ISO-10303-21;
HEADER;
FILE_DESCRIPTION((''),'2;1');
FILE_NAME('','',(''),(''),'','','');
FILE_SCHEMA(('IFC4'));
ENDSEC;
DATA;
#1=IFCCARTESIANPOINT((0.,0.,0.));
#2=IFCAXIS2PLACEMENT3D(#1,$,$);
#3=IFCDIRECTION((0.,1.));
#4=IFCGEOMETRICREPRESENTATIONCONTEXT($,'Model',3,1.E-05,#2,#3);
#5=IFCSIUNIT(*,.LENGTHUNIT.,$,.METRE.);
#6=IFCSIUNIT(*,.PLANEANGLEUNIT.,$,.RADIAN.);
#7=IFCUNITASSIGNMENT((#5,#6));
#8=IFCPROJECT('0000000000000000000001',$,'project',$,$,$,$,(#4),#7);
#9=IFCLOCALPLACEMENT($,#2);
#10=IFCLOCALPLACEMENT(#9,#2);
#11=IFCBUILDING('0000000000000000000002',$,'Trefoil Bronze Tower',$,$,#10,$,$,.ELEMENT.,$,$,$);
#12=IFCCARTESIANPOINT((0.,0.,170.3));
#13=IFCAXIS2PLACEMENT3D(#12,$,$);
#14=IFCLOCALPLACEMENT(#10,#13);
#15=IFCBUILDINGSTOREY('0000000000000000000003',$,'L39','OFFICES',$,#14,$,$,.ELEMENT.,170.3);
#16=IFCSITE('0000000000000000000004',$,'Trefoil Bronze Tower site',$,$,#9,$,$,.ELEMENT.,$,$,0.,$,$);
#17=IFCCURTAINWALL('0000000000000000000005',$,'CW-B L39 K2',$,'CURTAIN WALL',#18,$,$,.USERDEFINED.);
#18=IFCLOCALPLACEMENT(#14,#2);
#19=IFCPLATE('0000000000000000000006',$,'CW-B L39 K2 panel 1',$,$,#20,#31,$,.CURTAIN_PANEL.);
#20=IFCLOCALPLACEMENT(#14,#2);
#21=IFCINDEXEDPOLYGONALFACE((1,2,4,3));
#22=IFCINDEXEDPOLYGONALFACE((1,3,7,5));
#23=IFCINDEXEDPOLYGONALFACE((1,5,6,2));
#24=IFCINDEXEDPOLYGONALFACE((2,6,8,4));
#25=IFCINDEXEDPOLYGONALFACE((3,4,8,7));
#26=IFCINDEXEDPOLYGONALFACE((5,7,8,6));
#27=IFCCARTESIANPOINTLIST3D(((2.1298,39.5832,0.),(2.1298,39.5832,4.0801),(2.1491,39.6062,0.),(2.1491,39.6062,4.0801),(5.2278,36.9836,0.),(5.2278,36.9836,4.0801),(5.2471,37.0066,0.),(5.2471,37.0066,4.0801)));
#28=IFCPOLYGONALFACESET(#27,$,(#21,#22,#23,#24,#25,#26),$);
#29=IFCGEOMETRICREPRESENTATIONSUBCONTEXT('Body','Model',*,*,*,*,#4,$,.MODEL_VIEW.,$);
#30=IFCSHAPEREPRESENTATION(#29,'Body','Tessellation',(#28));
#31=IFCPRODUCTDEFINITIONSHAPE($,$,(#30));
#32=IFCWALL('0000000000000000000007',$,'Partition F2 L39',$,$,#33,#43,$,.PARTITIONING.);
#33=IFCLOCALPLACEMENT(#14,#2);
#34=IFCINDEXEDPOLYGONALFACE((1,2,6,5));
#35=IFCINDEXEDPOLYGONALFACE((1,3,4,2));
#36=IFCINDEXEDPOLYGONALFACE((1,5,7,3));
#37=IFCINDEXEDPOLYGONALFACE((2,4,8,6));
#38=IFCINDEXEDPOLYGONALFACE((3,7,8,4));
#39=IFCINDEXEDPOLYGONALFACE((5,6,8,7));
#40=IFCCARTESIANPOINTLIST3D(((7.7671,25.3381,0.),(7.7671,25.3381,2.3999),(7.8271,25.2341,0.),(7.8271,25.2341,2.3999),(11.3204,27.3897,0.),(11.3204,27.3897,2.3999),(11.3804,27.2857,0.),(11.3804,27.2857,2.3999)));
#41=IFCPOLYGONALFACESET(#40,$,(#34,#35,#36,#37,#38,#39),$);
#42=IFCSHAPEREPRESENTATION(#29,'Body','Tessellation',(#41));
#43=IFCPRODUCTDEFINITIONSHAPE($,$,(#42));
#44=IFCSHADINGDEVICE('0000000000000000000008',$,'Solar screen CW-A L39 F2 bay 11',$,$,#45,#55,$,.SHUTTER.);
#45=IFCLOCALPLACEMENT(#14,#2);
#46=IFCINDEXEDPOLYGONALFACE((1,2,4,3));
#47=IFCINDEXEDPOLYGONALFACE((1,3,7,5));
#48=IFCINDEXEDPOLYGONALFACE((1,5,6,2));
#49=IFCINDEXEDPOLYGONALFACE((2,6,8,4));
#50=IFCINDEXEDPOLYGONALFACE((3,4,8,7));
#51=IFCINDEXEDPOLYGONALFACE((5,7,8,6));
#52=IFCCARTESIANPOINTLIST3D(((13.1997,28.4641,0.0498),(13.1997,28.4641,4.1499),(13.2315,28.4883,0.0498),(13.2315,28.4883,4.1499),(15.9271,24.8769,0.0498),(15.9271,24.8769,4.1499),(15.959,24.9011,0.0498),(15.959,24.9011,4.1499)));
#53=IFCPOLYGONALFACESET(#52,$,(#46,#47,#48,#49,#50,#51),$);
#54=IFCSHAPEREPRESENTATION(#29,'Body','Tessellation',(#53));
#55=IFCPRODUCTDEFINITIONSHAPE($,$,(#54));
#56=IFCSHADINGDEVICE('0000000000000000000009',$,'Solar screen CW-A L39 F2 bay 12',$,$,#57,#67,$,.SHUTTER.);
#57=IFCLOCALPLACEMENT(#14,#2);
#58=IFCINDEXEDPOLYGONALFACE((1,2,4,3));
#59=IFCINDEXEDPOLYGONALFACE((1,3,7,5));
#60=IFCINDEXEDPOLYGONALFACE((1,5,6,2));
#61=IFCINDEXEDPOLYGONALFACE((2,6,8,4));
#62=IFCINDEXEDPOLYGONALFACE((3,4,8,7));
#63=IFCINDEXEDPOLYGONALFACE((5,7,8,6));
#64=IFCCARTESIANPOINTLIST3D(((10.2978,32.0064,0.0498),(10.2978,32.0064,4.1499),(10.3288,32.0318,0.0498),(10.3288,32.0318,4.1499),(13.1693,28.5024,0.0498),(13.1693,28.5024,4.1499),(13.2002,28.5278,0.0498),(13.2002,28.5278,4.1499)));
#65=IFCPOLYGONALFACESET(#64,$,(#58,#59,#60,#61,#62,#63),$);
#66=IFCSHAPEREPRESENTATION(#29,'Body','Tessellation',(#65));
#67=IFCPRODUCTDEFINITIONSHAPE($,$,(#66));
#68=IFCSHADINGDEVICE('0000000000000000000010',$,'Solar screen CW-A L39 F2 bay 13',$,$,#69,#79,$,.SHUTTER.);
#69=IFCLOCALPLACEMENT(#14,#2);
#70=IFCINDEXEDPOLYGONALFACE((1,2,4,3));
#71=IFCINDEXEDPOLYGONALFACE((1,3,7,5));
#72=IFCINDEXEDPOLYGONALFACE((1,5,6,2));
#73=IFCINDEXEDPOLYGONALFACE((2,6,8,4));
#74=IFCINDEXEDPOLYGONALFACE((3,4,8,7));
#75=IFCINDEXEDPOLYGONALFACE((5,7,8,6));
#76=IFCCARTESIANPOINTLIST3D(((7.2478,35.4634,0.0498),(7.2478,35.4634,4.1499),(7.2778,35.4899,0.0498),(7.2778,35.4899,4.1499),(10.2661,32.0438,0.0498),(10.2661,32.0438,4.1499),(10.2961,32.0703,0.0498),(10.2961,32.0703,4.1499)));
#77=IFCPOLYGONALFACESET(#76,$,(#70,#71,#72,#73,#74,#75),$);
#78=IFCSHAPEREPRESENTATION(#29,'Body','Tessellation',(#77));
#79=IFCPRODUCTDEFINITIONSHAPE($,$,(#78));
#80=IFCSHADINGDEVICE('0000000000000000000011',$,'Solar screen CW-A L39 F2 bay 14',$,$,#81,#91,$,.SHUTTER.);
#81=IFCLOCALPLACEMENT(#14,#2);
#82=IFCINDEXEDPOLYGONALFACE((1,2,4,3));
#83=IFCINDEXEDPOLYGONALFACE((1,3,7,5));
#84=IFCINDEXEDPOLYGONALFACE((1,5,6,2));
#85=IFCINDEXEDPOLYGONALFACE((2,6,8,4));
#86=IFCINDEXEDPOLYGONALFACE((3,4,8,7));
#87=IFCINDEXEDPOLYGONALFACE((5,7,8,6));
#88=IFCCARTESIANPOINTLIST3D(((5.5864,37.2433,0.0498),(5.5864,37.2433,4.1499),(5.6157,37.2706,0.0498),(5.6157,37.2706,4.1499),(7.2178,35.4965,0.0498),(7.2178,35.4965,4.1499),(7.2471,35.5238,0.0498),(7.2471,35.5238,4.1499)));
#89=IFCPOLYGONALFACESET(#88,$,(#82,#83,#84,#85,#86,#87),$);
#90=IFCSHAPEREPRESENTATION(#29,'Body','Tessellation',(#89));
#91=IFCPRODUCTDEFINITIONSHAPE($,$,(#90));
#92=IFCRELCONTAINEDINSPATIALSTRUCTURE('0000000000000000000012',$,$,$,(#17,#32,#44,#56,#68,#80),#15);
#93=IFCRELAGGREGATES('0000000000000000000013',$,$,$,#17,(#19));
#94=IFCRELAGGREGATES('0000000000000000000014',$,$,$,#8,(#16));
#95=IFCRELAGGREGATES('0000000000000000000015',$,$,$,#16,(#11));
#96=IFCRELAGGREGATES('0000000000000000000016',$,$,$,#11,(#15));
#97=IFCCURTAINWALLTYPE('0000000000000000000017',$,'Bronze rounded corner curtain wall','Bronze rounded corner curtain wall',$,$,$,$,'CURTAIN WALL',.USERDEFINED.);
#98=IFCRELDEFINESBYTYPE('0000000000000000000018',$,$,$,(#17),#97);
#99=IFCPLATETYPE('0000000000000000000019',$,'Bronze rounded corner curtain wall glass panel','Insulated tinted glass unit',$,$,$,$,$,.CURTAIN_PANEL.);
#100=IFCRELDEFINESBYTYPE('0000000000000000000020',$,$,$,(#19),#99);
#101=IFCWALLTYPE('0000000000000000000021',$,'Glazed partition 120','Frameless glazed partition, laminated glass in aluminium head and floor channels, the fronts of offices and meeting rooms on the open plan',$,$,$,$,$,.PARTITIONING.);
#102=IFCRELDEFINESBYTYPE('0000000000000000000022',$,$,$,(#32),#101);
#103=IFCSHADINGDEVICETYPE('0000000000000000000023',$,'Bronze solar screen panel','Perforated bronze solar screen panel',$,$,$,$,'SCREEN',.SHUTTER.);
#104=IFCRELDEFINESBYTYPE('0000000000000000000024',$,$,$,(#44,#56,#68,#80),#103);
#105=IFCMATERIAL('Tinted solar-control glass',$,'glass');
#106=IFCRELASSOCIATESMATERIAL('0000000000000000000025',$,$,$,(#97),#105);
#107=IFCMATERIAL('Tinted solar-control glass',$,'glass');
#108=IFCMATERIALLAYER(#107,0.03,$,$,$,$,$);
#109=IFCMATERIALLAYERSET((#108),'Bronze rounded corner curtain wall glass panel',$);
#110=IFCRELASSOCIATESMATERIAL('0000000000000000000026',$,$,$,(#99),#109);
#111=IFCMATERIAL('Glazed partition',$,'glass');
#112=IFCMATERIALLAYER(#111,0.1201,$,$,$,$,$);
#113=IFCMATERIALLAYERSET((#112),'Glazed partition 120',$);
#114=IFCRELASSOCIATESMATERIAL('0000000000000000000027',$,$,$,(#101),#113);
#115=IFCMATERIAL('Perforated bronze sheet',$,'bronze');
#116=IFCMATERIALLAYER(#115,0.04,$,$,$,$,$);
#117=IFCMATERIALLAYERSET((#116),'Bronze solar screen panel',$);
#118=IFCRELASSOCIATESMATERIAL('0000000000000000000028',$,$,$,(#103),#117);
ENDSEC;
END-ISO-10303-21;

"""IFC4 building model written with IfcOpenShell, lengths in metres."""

from ifc_helpers import new_model, si_unit, direction, frame, frame_2d, origin, origin_2d, place, context, subcontext, project, spatial, rectangle, extrude, material, layer, layer_set, type_object, element, aggregate, save


model = new_model("IFC4")

# Units and contexts
model_context = context("Model", 3, precision=1e-05, world=origin(), true_north=direction((0.0, 1.0)))
body_context = subcontext(model_context, "Body", "Model", "MODEL_VIEW")
ifc_project = project(units=[si_unit("LENGTHUNIT", "METRE"), si_unit("PLANEANGLEUNIT", "RADIAN")], contexts=[model_context])

# Site, building, storey
site_placement = place(None, origin())
site = spatial("IfcSite", under=ifc_project, at=site_placement, Name="Trefoil Bronze Tower site", CompositionType="ELEMENT", RefElevation=0.0)
building_placement = place(site_placement, origin())
building = spatial("IfcBuilding", under=site, at=building_placement, Name="Trefoil Bronze Tower", CompositionType="ELEMENT")
storey_placement = place(building_placement, frame((0.0, 0.0, 170.3)))
storey = spatial("IfcBuildingStorey", under=building, at=storey_placement, Name="L39", Description="OFFICES", CompositionType="ELEMENT", Elevation=170.3)

# Curtain wall
ifc_material_1 = material(Name="Tinted solar-control glass", Category="glass")
curtain_wall_type_1 = type_object("IfcCurtainWallType", Name="Bronze rounded corner curtain wall", Description="Bronze rounded corner curtain wall", ElementType="CURTAIN WALL", PredefinedType="USERDEFINED", material=ifc_material_1)
curtain_wall_1_placement = place(storey_placement, origin())
curtain_wall_1 = element("IfcCurtainWall", 1, at=curtain_wall_1_placement, inside=storey, type_object=curtain_wall_type_1, Name="CW-B L39 K2", ObjectType="CURTAIN WALL", PredefinedType="USERDEFINED")

# Plate
ifc_material_2 = material(Name="Tinted solar-control glass", Category="glass")
ifc_layer_1 = layer(ifc_material_2, 0.03)
ifc_layer_set_1 = layer_set([ifc_layer_1], Name="Bronze rounded corner curtain wall glass panel")
plate_type_1 = type_object("IfcPlateType", Name="Bronze rounded corner curtain wall glass panel", Description="Insulated tinted glass unit", PredefinedType="CURTAIN_PANEL", material=ifc_layer_set_1)
plate_1_placement = place(storey_placement, frame((3.6885, 38.2949, 0.0), z_axis=(0.0, 0.0, 1.0), x_axis=(-0.766044, 0.642788, 0.0)))
plate_1 = element("IfcPlate", 2, at=plate_1_placement, type_object=plate_type_1, Name="CW-B L39 K2 panel 1", PredefinedType="CURTAIN_PANEL", context=body_context, shape_type="SweptSolid", body=[
    extrude(rectangle(XDim=4.0442, YDim=0.03, at=origin_2d()), origin(), (0.0, 0.0, 1.0), 4.0801),
])
aggregate(curtain_wall_1, [plate_1])

# Wall
ifc_material_3 = material(Name="Glazed partition", Category="glass")
ifc_layer_2 = layer(ifc_material_3, 0.1201)
ifc_layer_set_2 = layer_set([ifc_layer_2], Name="Glazed partition 120")
wall_type = type_object("IfcWallType", Name="Glazed partition 120", Description="Frameless glazed partition, laminated glass in aluminium head and floor channels, the fronts of offices and meeting rooms on the open plan", PredefinedType="PARTITIONING", material=ifc_layer_set_2)
wall_placement = place(storey_placement, frame((7.7971, 25.2861, 0.0), z_axis=(0.0, 0.0, 1.0), x_axis=(0.866019, 0.500011, 0.0)))
element("IfcWall", 3, at=wall_placement, inside=storey, type_object=wall_type, Name="Partition F2 L39", PredefinedType="PARTITIONING", context=body_context, shape_type="SweptSolid", body=[
    extrude(rectangle(XDim=4.103, YDim=0.1201, at=frame_2d((2.0515, 0.0))), origin(), (0.0, 0.0, 1.0), 2.3999),
])

# Shading devices
ifc_material_4 = material(Name="Perforated bronze sheet", Category="bronze")
ifc_layer_3 = layer(ifc_material_4, 0.04)
ifc_layer_set_3 = layer_set([ifc_layer_3], Name="Bronze solar screen panel")
shading_device_type = type_object("IfcShadingDeviceType", Name="Bronze solar screen panel", Description="Perforated bronze solar screen panel", ElementType="SCREEN", PredefinedType="SHUTTER", material=ifc_layer_set_3)
shading_device_1_placement = place(storey_placement, frame((14.5793, 26.6826, 0.0498), z_axis=(0.0, 0.0, 1.0), x_axis=(-0.605252, 0.796034, 0.0)))
element("IfcShadingDevice", 4, at=shading_device_1_placement, inside=storey, type_object=shading_device_type, Name="Solar screen CW-A L39 F2 bay 11", PredefinedType="SHUTTER", context=body_context, shape_type="SweptSolid", body=[
    extrude(rectangle(XDim=4.5063, YDim=0.04, at=origin_2d()), origin(), (0.0, 0.0, 1.0), 4.1001),
])
shading_device_2_placement = place(storey_placement, frame((11.749, 30.2671, 0.0498), z_axis=(0.0, 0.0, 1.0), x_axis=(-0.63384, 0.773464, 0.0)))
element("IfcShadingDevice", 5, at=shading_device_2_placement, inside=storey, type_object=shading_device_type, Name="Solar screen CW-A L39 F2 bay 12", PredefinedType="SHUTTER", context=body_context, shape_type="SweptSolid", body=[
    extrude(rectangle(XDim=4.5303, YDim=0.04, at=origin_2d()), origin(), (0.0, 0.0, 1.0), 4.1001),
])
shading_device_3_placement = place(storey_placement, frame((8.772, 33.7668, 0.0498), z_axis=(0.0, 0.0, 1.0), x_axis=(-0.661751, 0.749723, 0.0)))
element("IfcShadingDevice", 6, at=shading_device_3_placement, inside=storey, type_object=shading_device_type, Name="Solar screen CW-A L39 F2 bay 13", PredefinedType="SHUTTER", context=body_context, shape_type="SweptSolid", body=[
    extrude(rectangle(XDim=4.561, YDim=0.04, at=origin_2d()), origin(), (0.0, 0.0, 1.0), 4.1001),
])
shading_device_4_placement = place(storey_placement, frame((6.4167, 36.3835, 0.0498), z_axis=(0.0, 0.0, 1.0), x_axis=(-0.682536, 0.730852, 0.0)))
element("IfcShadingDevice", 7, at=shading_device_4_placement, inside=storey, type_object=shading_device_type, Name="Solar screen CW-A L39 F2 bay 14", PredefinedType="SHUTTER", context=body_context, shape_type="SweptSolid", body=[
    extrude(rectangle(XDim=2.3901, YDim=0.04, at=origin_2d()), origin(), (0.0, 0.0, 1.0), 4.1001),
])

save(model, "model.ifc")
